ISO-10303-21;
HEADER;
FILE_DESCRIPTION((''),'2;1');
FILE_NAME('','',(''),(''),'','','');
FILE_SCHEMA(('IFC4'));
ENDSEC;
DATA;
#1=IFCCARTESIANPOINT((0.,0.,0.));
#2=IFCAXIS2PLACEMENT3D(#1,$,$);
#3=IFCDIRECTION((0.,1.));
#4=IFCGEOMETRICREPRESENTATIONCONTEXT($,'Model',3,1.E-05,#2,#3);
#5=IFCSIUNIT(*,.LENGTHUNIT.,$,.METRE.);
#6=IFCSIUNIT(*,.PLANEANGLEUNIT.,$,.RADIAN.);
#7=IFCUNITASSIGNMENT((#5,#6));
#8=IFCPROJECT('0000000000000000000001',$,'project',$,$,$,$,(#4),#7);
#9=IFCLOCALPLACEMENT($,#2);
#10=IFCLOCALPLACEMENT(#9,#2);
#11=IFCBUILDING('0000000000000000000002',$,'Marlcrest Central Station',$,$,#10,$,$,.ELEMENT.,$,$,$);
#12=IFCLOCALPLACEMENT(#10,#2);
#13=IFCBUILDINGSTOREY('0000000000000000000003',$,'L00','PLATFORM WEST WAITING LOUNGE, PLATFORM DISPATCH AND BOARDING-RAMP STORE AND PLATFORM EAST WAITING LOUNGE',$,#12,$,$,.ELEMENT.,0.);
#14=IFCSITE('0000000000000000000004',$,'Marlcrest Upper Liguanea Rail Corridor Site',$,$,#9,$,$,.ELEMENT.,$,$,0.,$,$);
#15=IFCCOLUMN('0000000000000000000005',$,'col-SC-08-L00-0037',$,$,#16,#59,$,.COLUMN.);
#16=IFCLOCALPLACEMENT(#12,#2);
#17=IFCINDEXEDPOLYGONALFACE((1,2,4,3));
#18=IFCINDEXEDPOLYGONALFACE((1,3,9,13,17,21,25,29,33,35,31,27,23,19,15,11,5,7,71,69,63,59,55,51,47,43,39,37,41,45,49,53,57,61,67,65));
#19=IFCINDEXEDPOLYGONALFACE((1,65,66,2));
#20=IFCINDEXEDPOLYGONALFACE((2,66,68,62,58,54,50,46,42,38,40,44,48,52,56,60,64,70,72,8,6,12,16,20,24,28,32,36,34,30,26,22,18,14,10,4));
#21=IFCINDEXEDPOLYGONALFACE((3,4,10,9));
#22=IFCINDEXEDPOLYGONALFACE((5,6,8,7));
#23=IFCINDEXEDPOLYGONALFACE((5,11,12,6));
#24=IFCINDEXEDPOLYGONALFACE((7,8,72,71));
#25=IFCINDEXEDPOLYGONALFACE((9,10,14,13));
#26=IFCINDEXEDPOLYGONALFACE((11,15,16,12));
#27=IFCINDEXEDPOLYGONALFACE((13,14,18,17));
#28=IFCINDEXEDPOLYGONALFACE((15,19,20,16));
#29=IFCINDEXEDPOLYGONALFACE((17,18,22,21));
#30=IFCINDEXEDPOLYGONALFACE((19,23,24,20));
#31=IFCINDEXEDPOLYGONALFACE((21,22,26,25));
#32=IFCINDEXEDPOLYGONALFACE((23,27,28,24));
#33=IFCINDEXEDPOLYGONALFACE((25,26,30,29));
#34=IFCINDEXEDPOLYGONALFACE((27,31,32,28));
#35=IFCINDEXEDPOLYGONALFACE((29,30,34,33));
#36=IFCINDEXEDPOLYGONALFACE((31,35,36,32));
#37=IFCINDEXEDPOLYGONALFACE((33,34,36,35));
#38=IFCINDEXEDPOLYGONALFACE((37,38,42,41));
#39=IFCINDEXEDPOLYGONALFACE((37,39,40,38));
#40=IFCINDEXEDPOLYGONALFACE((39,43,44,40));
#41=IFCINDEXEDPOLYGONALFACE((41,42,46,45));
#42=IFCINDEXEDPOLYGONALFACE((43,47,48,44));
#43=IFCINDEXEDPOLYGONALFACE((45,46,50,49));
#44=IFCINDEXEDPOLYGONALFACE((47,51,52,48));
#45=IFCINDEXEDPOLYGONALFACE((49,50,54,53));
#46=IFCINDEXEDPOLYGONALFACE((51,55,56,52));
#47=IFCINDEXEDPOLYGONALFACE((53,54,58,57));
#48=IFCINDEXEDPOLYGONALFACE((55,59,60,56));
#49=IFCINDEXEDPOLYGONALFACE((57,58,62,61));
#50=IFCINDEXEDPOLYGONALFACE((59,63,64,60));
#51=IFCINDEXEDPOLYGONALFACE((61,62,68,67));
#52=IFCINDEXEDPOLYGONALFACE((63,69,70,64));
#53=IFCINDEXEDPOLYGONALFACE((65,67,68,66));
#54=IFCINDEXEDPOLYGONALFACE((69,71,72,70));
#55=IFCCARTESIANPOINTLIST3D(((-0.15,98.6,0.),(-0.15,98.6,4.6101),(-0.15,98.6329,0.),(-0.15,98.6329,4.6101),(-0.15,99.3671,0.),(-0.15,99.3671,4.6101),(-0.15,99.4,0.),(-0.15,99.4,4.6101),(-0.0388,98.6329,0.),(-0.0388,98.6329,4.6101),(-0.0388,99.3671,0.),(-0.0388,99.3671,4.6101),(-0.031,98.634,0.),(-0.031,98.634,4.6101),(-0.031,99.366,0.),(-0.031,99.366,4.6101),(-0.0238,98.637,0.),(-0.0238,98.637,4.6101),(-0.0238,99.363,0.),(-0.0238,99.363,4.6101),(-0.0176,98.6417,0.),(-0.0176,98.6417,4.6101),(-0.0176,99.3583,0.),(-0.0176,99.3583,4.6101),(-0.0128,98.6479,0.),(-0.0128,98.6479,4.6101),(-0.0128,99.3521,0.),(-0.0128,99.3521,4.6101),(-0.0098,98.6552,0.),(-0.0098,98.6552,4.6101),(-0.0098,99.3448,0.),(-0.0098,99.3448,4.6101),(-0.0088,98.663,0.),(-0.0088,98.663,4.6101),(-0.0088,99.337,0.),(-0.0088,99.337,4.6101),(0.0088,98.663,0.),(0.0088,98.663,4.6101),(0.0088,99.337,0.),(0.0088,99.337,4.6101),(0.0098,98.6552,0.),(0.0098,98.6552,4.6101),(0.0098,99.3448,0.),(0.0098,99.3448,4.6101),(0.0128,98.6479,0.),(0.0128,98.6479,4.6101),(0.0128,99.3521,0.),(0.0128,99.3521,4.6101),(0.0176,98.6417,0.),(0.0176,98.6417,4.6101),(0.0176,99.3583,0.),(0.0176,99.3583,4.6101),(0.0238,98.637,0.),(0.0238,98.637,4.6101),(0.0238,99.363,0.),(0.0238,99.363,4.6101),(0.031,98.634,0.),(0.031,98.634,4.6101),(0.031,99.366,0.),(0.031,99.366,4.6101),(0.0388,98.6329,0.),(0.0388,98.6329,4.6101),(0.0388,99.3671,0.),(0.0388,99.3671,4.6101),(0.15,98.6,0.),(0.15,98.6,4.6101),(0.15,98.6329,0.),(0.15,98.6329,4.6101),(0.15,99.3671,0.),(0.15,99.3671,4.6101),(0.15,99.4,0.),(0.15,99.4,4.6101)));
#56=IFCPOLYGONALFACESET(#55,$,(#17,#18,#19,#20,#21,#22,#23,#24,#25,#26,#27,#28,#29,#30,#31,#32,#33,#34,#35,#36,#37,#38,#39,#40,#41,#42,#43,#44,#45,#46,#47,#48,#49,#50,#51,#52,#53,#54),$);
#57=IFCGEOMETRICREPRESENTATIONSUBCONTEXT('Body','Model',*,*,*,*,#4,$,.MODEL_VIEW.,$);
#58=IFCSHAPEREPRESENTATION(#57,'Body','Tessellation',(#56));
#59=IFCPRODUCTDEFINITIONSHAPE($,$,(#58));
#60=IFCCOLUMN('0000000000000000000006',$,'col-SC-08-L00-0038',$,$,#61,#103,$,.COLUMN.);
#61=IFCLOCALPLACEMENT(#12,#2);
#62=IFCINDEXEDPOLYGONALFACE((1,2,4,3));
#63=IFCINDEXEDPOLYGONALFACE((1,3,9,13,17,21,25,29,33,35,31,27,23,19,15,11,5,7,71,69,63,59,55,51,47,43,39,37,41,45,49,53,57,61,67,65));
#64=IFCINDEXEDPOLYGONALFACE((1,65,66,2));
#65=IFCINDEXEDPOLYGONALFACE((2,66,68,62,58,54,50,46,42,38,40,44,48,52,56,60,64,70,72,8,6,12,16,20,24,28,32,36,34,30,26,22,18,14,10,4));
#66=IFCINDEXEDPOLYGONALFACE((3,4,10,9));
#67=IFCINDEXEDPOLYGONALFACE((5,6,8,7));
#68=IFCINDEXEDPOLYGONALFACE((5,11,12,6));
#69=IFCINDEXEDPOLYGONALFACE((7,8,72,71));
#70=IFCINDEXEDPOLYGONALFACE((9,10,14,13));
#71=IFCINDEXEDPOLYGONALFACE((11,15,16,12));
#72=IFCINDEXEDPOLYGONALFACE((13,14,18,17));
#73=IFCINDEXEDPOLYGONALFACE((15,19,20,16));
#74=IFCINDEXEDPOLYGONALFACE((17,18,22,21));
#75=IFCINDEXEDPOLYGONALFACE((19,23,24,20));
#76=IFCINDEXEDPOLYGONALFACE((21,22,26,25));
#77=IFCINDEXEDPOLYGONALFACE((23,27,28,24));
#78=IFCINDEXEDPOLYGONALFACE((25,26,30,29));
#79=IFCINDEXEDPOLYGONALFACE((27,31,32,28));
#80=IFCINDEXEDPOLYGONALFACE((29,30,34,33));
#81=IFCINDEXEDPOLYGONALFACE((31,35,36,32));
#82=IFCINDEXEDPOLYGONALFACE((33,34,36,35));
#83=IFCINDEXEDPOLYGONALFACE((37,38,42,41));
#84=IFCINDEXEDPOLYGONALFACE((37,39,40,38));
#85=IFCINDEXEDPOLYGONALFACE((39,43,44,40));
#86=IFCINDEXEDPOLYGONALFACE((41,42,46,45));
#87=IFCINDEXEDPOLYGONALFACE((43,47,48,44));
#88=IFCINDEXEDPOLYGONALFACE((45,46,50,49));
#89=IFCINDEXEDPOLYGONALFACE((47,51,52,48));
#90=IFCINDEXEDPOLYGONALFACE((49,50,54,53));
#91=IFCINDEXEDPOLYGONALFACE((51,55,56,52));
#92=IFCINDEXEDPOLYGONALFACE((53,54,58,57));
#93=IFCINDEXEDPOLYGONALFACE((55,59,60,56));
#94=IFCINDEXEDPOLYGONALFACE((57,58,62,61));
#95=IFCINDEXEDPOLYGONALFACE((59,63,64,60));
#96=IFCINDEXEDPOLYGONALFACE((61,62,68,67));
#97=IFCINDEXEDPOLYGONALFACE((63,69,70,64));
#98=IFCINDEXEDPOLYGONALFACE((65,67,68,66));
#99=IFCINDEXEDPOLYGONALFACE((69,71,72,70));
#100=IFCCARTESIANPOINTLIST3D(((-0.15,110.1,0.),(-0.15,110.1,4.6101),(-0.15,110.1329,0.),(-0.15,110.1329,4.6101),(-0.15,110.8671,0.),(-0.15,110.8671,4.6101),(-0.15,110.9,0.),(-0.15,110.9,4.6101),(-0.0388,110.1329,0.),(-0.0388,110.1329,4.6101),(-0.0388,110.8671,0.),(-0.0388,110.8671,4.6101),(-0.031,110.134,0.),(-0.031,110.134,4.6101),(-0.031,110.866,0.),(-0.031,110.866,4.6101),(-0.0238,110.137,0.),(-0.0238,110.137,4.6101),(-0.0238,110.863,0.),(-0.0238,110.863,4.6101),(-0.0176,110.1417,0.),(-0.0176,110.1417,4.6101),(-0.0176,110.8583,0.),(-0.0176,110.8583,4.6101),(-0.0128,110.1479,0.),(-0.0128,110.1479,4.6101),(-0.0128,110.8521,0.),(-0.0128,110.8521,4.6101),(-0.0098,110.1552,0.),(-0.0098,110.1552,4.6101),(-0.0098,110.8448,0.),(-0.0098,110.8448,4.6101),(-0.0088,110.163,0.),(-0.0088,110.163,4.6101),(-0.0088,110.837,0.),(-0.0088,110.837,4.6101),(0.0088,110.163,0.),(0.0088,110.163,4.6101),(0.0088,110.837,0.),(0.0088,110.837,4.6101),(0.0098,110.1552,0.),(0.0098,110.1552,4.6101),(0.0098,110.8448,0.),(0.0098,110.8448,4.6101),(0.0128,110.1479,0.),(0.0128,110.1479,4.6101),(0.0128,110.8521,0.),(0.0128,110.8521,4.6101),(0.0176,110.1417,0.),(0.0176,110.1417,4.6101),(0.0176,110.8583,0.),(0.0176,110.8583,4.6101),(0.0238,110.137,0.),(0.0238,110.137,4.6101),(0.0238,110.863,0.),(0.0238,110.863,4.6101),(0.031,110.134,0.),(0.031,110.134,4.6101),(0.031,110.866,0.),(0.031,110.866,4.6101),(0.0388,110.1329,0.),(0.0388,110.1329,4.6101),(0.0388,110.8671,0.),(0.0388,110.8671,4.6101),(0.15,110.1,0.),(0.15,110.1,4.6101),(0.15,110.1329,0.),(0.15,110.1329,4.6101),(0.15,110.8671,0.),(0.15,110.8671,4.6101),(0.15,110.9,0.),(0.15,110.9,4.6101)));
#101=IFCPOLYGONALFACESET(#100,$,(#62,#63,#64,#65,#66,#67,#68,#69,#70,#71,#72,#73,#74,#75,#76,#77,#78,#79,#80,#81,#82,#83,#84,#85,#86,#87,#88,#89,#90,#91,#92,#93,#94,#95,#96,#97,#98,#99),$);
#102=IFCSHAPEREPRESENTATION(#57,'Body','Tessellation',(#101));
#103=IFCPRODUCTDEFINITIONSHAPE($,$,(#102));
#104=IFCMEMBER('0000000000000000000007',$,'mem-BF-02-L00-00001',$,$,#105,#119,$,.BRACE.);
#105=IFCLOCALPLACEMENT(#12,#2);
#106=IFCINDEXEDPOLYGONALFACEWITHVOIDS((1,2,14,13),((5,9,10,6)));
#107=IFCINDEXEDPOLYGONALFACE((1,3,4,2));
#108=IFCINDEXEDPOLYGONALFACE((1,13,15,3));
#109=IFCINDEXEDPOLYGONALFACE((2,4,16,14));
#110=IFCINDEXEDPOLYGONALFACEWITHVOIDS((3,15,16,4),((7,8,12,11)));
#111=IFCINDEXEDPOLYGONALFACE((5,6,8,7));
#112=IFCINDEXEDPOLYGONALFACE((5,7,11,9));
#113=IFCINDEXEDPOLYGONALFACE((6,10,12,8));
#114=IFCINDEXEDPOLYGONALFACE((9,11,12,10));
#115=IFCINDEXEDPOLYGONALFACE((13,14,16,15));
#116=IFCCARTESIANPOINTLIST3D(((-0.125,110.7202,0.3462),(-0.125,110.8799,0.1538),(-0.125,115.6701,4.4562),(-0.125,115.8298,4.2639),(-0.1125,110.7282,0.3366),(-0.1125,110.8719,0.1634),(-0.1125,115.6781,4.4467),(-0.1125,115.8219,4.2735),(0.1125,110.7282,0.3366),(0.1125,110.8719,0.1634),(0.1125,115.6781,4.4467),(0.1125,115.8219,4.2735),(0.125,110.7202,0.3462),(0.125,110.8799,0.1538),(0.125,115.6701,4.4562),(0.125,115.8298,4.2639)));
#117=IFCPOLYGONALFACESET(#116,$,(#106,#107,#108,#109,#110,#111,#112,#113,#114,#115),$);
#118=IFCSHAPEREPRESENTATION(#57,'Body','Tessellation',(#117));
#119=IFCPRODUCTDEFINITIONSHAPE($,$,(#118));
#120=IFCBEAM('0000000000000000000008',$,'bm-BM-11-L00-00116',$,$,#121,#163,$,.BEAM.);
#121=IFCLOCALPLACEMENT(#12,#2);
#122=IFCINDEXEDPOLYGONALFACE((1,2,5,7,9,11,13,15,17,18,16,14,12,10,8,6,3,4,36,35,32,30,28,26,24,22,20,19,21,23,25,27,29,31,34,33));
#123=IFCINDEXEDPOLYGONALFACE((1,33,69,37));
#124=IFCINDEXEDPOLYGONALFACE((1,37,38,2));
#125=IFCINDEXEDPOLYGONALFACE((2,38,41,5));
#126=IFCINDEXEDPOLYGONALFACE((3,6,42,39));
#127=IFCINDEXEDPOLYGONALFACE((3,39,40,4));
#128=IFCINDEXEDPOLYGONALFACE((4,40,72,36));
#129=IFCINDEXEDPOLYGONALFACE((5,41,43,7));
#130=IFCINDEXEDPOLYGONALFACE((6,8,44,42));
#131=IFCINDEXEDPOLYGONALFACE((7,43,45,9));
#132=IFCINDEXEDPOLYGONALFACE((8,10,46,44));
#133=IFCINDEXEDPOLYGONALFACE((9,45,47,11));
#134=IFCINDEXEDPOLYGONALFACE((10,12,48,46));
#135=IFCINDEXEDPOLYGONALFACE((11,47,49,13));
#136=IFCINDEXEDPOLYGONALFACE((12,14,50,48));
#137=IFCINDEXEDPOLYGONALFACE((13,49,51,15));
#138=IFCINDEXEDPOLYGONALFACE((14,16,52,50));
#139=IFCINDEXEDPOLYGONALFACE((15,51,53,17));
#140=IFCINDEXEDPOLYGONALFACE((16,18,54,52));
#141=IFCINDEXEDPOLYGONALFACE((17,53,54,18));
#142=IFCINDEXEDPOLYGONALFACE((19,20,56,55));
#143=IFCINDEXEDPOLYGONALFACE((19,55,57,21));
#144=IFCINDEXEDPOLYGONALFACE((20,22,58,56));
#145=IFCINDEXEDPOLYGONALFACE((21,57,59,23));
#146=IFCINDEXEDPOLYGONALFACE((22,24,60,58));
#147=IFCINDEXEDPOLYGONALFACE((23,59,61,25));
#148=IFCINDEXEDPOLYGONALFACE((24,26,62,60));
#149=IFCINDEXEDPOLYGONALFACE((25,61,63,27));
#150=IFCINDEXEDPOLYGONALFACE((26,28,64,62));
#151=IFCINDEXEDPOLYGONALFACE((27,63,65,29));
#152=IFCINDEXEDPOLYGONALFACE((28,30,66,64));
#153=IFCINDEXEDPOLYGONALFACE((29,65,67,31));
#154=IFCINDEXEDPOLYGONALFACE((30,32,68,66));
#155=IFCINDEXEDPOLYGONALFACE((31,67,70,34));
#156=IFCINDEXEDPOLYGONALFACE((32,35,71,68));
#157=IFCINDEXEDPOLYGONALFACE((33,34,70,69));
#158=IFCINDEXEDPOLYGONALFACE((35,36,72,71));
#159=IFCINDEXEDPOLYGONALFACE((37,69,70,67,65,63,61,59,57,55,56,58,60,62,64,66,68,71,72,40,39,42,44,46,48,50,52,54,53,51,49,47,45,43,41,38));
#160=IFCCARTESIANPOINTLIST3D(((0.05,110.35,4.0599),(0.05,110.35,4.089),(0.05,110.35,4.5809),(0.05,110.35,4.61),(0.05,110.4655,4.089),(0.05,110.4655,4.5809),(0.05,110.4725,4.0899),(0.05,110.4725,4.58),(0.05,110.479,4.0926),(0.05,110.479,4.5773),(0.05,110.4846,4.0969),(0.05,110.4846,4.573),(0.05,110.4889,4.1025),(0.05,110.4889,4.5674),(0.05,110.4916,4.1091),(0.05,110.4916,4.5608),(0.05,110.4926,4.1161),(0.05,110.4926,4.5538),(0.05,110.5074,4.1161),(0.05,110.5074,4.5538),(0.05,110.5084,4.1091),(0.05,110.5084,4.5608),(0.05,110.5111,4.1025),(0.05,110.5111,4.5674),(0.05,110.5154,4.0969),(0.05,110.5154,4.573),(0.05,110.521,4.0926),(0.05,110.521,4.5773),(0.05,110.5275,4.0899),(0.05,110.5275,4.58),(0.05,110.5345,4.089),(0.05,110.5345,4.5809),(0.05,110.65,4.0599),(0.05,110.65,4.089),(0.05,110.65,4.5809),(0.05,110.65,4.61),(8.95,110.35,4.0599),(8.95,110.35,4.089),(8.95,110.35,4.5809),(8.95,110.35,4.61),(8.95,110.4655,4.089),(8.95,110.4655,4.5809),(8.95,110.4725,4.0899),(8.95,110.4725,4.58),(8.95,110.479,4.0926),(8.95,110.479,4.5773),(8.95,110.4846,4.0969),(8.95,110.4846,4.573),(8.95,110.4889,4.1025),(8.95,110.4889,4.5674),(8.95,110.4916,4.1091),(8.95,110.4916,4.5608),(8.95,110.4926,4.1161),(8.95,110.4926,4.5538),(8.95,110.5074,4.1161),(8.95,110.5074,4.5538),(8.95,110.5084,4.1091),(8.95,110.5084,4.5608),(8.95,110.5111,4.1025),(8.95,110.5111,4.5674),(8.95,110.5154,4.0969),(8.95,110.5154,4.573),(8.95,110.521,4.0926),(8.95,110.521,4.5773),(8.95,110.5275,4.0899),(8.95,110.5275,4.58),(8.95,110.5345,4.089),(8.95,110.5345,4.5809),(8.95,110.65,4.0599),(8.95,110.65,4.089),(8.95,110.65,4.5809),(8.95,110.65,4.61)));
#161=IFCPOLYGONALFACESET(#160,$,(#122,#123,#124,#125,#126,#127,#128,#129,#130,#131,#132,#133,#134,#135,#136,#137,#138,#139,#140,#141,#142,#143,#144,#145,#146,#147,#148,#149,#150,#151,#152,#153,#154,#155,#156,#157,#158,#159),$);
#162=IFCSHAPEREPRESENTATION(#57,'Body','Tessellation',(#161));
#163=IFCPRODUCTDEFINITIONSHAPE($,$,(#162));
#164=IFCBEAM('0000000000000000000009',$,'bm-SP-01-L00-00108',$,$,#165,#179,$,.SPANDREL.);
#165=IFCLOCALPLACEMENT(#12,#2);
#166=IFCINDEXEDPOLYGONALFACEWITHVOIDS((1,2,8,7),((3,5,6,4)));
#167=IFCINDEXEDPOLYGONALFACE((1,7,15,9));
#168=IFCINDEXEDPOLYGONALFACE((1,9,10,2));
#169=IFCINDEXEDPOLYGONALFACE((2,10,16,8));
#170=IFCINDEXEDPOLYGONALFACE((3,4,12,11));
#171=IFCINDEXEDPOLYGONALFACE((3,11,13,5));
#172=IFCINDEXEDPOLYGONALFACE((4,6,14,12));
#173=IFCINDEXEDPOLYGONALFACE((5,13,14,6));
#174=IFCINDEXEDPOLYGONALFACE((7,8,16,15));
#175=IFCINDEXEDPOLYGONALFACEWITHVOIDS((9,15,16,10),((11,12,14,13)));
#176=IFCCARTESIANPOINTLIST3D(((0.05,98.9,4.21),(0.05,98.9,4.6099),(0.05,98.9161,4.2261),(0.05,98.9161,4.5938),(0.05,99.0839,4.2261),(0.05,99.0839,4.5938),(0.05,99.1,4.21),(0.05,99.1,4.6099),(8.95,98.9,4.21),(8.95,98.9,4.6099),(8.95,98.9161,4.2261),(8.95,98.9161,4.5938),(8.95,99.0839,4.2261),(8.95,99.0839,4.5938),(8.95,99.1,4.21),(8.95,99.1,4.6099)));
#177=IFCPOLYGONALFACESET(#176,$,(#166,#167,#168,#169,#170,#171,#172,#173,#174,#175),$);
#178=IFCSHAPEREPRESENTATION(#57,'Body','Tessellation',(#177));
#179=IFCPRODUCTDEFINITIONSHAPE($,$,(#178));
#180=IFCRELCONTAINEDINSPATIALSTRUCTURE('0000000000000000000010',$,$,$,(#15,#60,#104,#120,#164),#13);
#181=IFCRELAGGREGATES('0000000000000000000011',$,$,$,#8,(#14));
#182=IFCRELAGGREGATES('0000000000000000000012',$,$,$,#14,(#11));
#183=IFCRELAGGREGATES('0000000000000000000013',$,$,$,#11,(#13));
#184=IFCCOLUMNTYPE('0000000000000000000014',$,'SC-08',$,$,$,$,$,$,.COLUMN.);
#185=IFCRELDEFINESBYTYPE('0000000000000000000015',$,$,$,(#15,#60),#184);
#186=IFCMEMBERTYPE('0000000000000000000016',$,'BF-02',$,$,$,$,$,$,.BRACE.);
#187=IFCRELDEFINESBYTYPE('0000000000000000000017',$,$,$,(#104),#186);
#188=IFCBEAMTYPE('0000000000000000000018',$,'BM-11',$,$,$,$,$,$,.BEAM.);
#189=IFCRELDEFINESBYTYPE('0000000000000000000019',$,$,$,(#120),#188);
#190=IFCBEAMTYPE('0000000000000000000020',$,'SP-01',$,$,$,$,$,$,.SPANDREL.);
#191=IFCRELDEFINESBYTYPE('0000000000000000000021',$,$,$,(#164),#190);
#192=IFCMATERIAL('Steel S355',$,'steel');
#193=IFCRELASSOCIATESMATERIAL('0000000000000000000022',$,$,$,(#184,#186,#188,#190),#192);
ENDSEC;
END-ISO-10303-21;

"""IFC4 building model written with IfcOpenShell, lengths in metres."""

from ifc_helpers import new_model, si_unit, direction, frame, origin, origin_2d, place, context, subcontext, project, spatial, hollow_rectangle, i_section, extrude, material, material_profile, profile_set, type_object, element, save


model = new_model("IFC4")

# Units and contexts
model_context = context("Model", 3, precision=1e-05, world=origin(), true_north=direction((0.0, 1.0)))
body_context = subcontext(model_context, "Body", "Model", "MODEL_VIEW")
ifc_project = project(units=[si_unit("LENGTHUNIT", "METRE"), si_unit("PLANEANGLEUNIT", "RADIAN")], contexts=[model_context])

# Site, building, storey
site_placement = place(None, origin())
site = spatial("IfcSite", under=ifc_project, at=site_placement, Name="Marlcrest Upper Liguanea Rail Corridor Site", CompositionType="ELEMENT", RefElevation=0.0)
building_placement = place(site_placement, origin())
building = spatial("IfcBuilding", under=site, at=building_placement, Name="Marlcrest Central Station", CompositionType="ELEMENT")
storey_placement = place(building_placement, origin())
storey = spatial("IfcBuildingStorey", under=building, at=storey_placement, Name="L00", Description="PLATFORM WEST WAITING LOUNGE, PLATFORM DISPATCH AND BOARDING-RAMP STORE AND PLATFORM EAST WAITING LOUNGE", CompositionType="ELEMENT", Elevation=0.0)

# Columns
ifc_material_1 = material(Name="Steel S355", Category="steel")
ifc_material_profile_1 = material_profile(ifc_material_1, i_section(OverallWidth=0.3, OverallDepth=0.8, WebThickness=0.0176, FlangeThickness=0.033, FilletRadius=0.03, at=origin_2d()), Name="HEB 800")
ifc_profile_set_1 = profile_set([ifc_material_profile_1], Name="Steel S355")
column_type = type_object("IfcColumnType", Name="SC-08", PredefinedType="COLUMN", material=ifc_profile_set_1)
for number, where, z_axis, x_axis, name in (
    (1, (0.0, 99.0, 0.0), (0.0, 0.0, 1.0), (1.0, 0.0, 0.0), "col-SC-08-L00-0037"),
    (2, (0.0, 110.5, 0.0), (0.0, 0.0, 1.0), (1.0, 0.0, 0.0), "col-SC-08-L00-0038"),
):
    element("IfcColumn", number, at=place(storey_placement, frame(where, z_axis=z_axis, x_axis=x_axis)), inside=storey, type_object=column_type, Name=name, PredefinedType="COLUMN", context=body_context, shape_type="SweptSolid", body=[
        extrude(i_section(OverallWidth=0.3, OverallDepth=0.8, WebThickness=0.0176, FlangeThickness=0.033, FilletRadius=0.03, at=origin_2d()), origin(), (0.0, 0.0, 1.0), 4.6101),
    ])

# Member
ifc_material_profile_2 = material_profile(ifc_material_1, hollow_rectangle(XDim=0.25, YDim=0.25, WallThickness=0.0125, at=origin_2d()), Name="SHS 250x250x12.5")
ifc_profile_set_2 = profile_set([ifc_material_profile_2], Name="Steel S355")
member_type = type_object("IfcMemberType", Name="BF-02", PredefinedType="BRACE", material=ifc_profile_set_2)
member_placement = place(storey_placement, frame((0.0, 110.8, 0.25), z_axis=(0.0, 0.769355, 0.638821), x_axis=(-1.0, 0.0, 0.0)))
element("IfcMember", 3, at=member_placement, inside=storey, type_object=member_type, Name="mem-BF-02-L00-00001", PredefinedType="BRACE", context=body_context, shape_type="SweptSolid", body=[
    extrude(hollow_rectangle(XDim=0.25, YDim=0.25, WallThickness=0.0125, at=origin_2d()), origin(), (0.0, 0.0, 1.0), 6.4338),
])

# Beams
ifc_material_profile_3 = material_profile(ifc_material_1, i_section(OverallWidth=0.3, OverallDepth=0.55, WebThickness=0.0149, FlangeThickness=0.0291, FilletRadius=0.0271, at=origin_2d()), Name="HEB 550")
ifc_profile_set_3 = profile_set([ifc_material_profile_3], Name="Steel S355")
beam_type_1 = type_object("IfcBeamType", Name="BM-11", PredefinedType="BEAM", material=ifc_profile_set_3)
beam_1_placement = place(storey_placement, frame((0.05, 110.5, 4.335), z_axis=(1.0, 0.0, 0.0), x_axis=(0.0, 1.0, 0.0)))
element("IfcBeam", 4, at=beam_1_placement, inside=storey, type_object=beam_type_1, Name="bm-BM-11-L00-00116", PredefinedType="BEAM", context=body_context, shape_type="SweptSolid", body=[
    extrude(i_section(OverallWidth=0.3, OverallDepth=0.55, WebThickness=0.0149, FlangeThickness=0.0291, FilletRadius=0.0271, at=origin_2d()), origin(), (0.0, 0.0, 1.0), 8.8999),
])
ifc_material_profile_4 = material_profile(ifc_material_1, hollow_rectangle(XDim=0.2, YDim=0.3999, WallThickness=0.0161, at=origin_2d()), Name="RHS 400x200x16")
ifc_profile_set_4 = profile_set([ifc_material_profile_4], Name="Steel S355")
beam_type_2 = type_object("IfcBeamType", Name="SP-01", PredefinedType="SPANDREL", material=ifc_profile_set_4)
beam_2_placement = place(storey_placement, frame((0.05, 99.0, 4.4099), z_axis=(1.0, 0.0, 0.0), x_axis=(0.0, 1.0, 0.0)))
element("IfcBeam", 5, at=beam_2_placement, inside=storey, type_object=beam_type_2, Name="bm-SP-01-L00-00108", PredefinedType="SPANDREL", context=body_context, shape_type="SweptSolid", body=[
    extrude(hollow_rectangle(XDim=0.2, YDim=0.3999, WallThickness=0.0161, at=origin_2d()), origin(), (0.0, 0.0, 1.0), 8.8999),
])

save(model, "model.ifc")
